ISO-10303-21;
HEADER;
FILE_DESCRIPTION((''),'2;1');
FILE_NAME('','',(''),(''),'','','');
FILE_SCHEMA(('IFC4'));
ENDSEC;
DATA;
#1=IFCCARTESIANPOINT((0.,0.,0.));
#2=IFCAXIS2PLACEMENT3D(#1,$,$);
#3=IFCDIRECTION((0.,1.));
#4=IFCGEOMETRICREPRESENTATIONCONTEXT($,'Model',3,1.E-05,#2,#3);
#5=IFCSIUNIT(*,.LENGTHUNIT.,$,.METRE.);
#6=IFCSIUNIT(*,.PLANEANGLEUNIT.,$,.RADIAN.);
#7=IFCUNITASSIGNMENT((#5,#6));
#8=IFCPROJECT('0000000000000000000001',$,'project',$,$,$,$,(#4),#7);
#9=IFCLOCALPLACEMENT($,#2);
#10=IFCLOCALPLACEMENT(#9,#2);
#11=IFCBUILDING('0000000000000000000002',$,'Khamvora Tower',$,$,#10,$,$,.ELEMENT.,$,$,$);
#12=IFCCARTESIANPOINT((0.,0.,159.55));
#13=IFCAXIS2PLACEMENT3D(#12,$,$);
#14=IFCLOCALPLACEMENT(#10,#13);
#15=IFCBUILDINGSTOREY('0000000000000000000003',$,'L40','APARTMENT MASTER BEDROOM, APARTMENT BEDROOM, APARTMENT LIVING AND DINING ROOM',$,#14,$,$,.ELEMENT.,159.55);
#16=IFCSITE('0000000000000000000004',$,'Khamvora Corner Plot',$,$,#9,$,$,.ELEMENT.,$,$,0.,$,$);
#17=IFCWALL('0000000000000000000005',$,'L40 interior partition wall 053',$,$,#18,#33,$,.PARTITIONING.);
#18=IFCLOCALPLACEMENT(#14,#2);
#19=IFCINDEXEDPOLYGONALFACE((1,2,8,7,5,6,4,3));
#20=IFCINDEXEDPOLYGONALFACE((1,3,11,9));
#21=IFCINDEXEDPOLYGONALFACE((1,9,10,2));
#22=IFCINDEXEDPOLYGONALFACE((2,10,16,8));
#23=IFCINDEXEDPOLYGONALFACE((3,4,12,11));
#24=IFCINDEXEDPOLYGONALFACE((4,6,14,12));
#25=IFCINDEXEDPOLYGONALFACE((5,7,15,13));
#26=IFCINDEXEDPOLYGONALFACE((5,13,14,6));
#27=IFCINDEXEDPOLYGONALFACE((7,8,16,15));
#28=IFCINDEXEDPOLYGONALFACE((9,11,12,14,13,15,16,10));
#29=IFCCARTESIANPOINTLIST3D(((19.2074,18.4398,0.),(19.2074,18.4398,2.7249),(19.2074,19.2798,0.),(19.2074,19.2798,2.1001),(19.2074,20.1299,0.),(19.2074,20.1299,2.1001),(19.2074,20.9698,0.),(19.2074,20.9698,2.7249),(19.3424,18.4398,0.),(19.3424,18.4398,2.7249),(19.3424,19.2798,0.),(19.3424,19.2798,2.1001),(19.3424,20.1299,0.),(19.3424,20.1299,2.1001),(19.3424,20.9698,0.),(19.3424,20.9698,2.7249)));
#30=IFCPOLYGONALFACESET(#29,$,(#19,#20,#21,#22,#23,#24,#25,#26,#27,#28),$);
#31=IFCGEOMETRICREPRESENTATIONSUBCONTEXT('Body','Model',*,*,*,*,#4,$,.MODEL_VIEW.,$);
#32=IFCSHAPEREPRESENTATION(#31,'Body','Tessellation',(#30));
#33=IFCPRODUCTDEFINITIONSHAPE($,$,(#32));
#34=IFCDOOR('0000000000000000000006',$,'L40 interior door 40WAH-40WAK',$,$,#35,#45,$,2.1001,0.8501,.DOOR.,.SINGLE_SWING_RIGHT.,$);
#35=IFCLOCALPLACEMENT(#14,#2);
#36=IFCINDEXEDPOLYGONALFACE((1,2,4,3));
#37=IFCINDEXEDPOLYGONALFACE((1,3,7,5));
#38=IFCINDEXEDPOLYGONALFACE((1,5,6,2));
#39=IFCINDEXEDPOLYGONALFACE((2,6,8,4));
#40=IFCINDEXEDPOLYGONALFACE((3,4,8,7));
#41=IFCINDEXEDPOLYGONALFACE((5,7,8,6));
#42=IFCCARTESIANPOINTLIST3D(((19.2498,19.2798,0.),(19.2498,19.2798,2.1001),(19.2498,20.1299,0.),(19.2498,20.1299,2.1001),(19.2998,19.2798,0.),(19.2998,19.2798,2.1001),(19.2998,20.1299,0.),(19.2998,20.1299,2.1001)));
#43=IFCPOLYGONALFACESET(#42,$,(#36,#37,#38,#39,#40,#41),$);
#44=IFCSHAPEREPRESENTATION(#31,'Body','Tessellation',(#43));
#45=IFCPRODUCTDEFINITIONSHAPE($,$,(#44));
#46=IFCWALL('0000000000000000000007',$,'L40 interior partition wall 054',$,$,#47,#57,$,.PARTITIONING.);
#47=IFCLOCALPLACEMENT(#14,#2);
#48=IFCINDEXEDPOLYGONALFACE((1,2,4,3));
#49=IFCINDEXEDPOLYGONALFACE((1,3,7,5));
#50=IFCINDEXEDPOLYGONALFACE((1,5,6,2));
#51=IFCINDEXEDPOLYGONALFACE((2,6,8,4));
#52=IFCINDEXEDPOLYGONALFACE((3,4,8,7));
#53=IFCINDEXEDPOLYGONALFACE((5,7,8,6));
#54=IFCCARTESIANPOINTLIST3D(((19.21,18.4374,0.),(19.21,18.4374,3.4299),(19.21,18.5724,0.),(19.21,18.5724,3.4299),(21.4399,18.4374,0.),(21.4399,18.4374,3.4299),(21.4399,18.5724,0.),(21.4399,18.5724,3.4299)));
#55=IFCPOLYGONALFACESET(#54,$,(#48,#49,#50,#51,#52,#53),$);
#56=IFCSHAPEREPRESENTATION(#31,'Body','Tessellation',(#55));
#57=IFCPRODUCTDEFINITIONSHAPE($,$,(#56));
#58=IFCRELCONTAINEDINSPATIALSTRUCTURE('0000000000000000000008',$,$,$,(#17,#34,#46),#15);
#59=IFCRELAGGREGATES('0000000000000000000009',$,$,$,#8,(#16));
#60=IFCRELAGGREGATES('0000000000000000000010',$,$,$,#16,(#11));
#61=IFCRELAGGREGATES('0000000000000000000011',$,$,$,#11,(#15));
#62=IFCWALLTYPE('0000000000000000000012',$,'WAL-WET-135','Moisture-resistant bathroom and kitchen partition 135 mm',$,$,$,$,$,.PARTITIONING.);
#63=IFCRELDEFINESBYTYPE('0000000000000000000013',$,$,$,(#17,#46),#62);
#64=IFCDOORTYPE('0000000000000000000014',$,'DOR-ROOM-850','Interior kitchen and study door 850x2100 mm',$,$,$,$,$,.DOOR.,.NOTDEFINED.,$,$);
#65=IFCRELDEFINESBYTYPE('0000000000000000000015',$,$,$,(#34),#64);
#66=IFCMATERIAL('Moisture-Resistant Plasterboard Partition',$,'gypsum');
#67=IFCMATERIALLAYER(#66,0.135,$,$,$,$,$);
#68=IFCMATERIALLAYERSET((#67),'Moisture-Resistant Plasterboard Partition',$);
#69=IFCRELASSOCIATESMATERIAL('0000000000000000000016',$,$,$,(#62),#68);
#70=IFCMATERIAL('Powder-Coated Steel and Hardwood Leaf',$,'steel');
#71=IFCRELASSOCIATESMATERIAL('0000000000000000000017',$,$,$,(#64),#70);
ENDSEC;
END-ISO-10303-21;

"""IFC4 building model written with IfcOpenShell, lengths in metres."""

from ifc_helpers import new_model, si_unit, direction, frame, frame_2d, origin, place, context, subcontext, project, spatial, rectangle, extrude, material, layer, layer_set, type_object, element, fill, save


model = new_model("IFC4")

# Units and contexts
model_context = context("Model", 3, precision=1e-05, world=origin(), true_north=direction((0.0, 1.0)))
body_context = subcontext(model_context, "Body", "Model", "MODEL_VIEW")
ifc_project = project(units=[si_unit("LENGTHUNIT", "METRE"), si_unit("PLANEANGLEUNIT", "RADIAN")], contexts=[model_context])

# Site, building, storey
site_placement = place(None, origin())
site = spatial("IfcSite", under=ifc_project, at=site_placement, Name="Khamvora Corner Plot", CompositionType="ELEMENT", RefElevation=0.0)
building_placement = place(site_placement, origin())
building = spatial("IfcBuilding", under=site, at=building_placement, Name="Khamvora Tower", CompositionType="ELEMENT")
storey_placement = place(building_placement, frame((0.0, 0.0, 159.55)))
storey = spatial("IfcBuildingStorey", under=building, at=storey_placement, Name="L40", Description="APARTMENT MASTER BEDROOM, APARTMENT BEDROOM, APARTMENT LIVING AND DINING ROOM", CompositionType="ELEMENT", Elevation=159.55)

# Shared definitions
ifc_material_1 = material(Name="Powder-Coated Steel and Hardwood Leaf", Category="steel")

# Wall, opening, door
ifc_material_2 = material(Name="Moisture-Resistant Plasterboard Partition", Category="gypsum")
ifc_layer_1 = layer(ifc_material_2, 0.135)
ifc_layer_set_1 = layer_set([ifc_layer_1], Name="Moisture-Resistant Plasterboard Partition")
wall_type_1 = type_object("IfcWallType", Name="WAL-WET-135", Description="Moisture-resistant bathroom and kitchen partition 135 mm", PredefinedType="PARTITIONING", material=ifc_layer_set_1)
wall_1_placement = place(storey_placement, frame((19.2749, 20.97, 0.0), z_axis=(0.0, 0.0, 1.0), x_axis=(0.0, -1.0, 0.0)))
wall_1 = element("IfcWall", 1, at=wall_1_placement, inside=storey, type_object=wall_type_1, Name="L40 interior partition wall 053", PredefinedType="PARTITIONING", context=body_context, shape_type="SweptSolid", body=[
    extrude(rectangle(XDim=2.53, YDim=0.135, at=frame_2d((1.2651, 0.0))), origin(), (0.0, 0.0, 1.0), 2.7249),
])
opening_1_placement = place(wall_1_placement, frame((0.8401, 0.0, 0.0)))
opening_1 = element("IfcOpeningElement", 2, at=opening_1_placement, cuts=wall_1, PredefinedType="OPENING", context=body_context, shape_type="SweptSolid", body=[
    extrude(rectangle(XDim=0.8501, YDim=2.1001, at=frame_2d((0.425, 1.05))), frame((0.0, 0.0774, 0.0), z_axis=(0.0, -1.0, 0.0), x_axis=(1.0, 0.0, 0.0)), (0.0, 0.0, 1.0), 0.155),
])
door_type_1 = type_object("IfcDoorType", Name="DOR-ROOM-850", Description="Interior kitchen and study door 850x2100 mm", OperationType="NOTDEFINED", PredefinedType="DOOR", material=ifc_material_1)
door_1_placement = place(opening_1_placement, origin())
door_1 = element("IfcDoor", 3, at=door_1_placement, inside=storey, type_object=door_type_1, Name="L40 interior door 40WAH-40WAK", OperationType="SINGLE_SWING_RIGHT", OverallHeight=2.1001, OverallWidth=0.8501, PredefinedType="DOOR", context=body_context, shape_type="SweptSolid", body=[
    extrude(rectangle(XDim=0.8501, YDim=2.1001, at=frame_2d((0.425, 1.05))), frame((0.0, 0.0249, 0.0), z_axis=(0.0, -1.0, 0.0), x_axis=(1.0, 0.0, 0.0)), (0.0, 0.0, 1.0), 0.05),
])
fill(opening_1, door_1)

# Wall
wall_2_placement = place(storey_placement, frame((19.21, 18.5049, 0.0), z_axis=(0.0, 0.0, 1.0), x_axis=(1.0, 0.0, 0.0)))
element("IfcWall", 4, at=wall_2_placement, inside=storey, type_object=wall_type_1, Name="L40 interior partition wall 054", PredefinedType="PARTITIONING", context=body_context, shape_type="SweptSolid", body=[
    extrude(rectangle(XDim=2.23, YDim=0.135, at=frame_2d((1.115, 0.0))), origin(), (0.0, 0.0, 1.0), 3.4299),
])

save(model, "model.ifc")
